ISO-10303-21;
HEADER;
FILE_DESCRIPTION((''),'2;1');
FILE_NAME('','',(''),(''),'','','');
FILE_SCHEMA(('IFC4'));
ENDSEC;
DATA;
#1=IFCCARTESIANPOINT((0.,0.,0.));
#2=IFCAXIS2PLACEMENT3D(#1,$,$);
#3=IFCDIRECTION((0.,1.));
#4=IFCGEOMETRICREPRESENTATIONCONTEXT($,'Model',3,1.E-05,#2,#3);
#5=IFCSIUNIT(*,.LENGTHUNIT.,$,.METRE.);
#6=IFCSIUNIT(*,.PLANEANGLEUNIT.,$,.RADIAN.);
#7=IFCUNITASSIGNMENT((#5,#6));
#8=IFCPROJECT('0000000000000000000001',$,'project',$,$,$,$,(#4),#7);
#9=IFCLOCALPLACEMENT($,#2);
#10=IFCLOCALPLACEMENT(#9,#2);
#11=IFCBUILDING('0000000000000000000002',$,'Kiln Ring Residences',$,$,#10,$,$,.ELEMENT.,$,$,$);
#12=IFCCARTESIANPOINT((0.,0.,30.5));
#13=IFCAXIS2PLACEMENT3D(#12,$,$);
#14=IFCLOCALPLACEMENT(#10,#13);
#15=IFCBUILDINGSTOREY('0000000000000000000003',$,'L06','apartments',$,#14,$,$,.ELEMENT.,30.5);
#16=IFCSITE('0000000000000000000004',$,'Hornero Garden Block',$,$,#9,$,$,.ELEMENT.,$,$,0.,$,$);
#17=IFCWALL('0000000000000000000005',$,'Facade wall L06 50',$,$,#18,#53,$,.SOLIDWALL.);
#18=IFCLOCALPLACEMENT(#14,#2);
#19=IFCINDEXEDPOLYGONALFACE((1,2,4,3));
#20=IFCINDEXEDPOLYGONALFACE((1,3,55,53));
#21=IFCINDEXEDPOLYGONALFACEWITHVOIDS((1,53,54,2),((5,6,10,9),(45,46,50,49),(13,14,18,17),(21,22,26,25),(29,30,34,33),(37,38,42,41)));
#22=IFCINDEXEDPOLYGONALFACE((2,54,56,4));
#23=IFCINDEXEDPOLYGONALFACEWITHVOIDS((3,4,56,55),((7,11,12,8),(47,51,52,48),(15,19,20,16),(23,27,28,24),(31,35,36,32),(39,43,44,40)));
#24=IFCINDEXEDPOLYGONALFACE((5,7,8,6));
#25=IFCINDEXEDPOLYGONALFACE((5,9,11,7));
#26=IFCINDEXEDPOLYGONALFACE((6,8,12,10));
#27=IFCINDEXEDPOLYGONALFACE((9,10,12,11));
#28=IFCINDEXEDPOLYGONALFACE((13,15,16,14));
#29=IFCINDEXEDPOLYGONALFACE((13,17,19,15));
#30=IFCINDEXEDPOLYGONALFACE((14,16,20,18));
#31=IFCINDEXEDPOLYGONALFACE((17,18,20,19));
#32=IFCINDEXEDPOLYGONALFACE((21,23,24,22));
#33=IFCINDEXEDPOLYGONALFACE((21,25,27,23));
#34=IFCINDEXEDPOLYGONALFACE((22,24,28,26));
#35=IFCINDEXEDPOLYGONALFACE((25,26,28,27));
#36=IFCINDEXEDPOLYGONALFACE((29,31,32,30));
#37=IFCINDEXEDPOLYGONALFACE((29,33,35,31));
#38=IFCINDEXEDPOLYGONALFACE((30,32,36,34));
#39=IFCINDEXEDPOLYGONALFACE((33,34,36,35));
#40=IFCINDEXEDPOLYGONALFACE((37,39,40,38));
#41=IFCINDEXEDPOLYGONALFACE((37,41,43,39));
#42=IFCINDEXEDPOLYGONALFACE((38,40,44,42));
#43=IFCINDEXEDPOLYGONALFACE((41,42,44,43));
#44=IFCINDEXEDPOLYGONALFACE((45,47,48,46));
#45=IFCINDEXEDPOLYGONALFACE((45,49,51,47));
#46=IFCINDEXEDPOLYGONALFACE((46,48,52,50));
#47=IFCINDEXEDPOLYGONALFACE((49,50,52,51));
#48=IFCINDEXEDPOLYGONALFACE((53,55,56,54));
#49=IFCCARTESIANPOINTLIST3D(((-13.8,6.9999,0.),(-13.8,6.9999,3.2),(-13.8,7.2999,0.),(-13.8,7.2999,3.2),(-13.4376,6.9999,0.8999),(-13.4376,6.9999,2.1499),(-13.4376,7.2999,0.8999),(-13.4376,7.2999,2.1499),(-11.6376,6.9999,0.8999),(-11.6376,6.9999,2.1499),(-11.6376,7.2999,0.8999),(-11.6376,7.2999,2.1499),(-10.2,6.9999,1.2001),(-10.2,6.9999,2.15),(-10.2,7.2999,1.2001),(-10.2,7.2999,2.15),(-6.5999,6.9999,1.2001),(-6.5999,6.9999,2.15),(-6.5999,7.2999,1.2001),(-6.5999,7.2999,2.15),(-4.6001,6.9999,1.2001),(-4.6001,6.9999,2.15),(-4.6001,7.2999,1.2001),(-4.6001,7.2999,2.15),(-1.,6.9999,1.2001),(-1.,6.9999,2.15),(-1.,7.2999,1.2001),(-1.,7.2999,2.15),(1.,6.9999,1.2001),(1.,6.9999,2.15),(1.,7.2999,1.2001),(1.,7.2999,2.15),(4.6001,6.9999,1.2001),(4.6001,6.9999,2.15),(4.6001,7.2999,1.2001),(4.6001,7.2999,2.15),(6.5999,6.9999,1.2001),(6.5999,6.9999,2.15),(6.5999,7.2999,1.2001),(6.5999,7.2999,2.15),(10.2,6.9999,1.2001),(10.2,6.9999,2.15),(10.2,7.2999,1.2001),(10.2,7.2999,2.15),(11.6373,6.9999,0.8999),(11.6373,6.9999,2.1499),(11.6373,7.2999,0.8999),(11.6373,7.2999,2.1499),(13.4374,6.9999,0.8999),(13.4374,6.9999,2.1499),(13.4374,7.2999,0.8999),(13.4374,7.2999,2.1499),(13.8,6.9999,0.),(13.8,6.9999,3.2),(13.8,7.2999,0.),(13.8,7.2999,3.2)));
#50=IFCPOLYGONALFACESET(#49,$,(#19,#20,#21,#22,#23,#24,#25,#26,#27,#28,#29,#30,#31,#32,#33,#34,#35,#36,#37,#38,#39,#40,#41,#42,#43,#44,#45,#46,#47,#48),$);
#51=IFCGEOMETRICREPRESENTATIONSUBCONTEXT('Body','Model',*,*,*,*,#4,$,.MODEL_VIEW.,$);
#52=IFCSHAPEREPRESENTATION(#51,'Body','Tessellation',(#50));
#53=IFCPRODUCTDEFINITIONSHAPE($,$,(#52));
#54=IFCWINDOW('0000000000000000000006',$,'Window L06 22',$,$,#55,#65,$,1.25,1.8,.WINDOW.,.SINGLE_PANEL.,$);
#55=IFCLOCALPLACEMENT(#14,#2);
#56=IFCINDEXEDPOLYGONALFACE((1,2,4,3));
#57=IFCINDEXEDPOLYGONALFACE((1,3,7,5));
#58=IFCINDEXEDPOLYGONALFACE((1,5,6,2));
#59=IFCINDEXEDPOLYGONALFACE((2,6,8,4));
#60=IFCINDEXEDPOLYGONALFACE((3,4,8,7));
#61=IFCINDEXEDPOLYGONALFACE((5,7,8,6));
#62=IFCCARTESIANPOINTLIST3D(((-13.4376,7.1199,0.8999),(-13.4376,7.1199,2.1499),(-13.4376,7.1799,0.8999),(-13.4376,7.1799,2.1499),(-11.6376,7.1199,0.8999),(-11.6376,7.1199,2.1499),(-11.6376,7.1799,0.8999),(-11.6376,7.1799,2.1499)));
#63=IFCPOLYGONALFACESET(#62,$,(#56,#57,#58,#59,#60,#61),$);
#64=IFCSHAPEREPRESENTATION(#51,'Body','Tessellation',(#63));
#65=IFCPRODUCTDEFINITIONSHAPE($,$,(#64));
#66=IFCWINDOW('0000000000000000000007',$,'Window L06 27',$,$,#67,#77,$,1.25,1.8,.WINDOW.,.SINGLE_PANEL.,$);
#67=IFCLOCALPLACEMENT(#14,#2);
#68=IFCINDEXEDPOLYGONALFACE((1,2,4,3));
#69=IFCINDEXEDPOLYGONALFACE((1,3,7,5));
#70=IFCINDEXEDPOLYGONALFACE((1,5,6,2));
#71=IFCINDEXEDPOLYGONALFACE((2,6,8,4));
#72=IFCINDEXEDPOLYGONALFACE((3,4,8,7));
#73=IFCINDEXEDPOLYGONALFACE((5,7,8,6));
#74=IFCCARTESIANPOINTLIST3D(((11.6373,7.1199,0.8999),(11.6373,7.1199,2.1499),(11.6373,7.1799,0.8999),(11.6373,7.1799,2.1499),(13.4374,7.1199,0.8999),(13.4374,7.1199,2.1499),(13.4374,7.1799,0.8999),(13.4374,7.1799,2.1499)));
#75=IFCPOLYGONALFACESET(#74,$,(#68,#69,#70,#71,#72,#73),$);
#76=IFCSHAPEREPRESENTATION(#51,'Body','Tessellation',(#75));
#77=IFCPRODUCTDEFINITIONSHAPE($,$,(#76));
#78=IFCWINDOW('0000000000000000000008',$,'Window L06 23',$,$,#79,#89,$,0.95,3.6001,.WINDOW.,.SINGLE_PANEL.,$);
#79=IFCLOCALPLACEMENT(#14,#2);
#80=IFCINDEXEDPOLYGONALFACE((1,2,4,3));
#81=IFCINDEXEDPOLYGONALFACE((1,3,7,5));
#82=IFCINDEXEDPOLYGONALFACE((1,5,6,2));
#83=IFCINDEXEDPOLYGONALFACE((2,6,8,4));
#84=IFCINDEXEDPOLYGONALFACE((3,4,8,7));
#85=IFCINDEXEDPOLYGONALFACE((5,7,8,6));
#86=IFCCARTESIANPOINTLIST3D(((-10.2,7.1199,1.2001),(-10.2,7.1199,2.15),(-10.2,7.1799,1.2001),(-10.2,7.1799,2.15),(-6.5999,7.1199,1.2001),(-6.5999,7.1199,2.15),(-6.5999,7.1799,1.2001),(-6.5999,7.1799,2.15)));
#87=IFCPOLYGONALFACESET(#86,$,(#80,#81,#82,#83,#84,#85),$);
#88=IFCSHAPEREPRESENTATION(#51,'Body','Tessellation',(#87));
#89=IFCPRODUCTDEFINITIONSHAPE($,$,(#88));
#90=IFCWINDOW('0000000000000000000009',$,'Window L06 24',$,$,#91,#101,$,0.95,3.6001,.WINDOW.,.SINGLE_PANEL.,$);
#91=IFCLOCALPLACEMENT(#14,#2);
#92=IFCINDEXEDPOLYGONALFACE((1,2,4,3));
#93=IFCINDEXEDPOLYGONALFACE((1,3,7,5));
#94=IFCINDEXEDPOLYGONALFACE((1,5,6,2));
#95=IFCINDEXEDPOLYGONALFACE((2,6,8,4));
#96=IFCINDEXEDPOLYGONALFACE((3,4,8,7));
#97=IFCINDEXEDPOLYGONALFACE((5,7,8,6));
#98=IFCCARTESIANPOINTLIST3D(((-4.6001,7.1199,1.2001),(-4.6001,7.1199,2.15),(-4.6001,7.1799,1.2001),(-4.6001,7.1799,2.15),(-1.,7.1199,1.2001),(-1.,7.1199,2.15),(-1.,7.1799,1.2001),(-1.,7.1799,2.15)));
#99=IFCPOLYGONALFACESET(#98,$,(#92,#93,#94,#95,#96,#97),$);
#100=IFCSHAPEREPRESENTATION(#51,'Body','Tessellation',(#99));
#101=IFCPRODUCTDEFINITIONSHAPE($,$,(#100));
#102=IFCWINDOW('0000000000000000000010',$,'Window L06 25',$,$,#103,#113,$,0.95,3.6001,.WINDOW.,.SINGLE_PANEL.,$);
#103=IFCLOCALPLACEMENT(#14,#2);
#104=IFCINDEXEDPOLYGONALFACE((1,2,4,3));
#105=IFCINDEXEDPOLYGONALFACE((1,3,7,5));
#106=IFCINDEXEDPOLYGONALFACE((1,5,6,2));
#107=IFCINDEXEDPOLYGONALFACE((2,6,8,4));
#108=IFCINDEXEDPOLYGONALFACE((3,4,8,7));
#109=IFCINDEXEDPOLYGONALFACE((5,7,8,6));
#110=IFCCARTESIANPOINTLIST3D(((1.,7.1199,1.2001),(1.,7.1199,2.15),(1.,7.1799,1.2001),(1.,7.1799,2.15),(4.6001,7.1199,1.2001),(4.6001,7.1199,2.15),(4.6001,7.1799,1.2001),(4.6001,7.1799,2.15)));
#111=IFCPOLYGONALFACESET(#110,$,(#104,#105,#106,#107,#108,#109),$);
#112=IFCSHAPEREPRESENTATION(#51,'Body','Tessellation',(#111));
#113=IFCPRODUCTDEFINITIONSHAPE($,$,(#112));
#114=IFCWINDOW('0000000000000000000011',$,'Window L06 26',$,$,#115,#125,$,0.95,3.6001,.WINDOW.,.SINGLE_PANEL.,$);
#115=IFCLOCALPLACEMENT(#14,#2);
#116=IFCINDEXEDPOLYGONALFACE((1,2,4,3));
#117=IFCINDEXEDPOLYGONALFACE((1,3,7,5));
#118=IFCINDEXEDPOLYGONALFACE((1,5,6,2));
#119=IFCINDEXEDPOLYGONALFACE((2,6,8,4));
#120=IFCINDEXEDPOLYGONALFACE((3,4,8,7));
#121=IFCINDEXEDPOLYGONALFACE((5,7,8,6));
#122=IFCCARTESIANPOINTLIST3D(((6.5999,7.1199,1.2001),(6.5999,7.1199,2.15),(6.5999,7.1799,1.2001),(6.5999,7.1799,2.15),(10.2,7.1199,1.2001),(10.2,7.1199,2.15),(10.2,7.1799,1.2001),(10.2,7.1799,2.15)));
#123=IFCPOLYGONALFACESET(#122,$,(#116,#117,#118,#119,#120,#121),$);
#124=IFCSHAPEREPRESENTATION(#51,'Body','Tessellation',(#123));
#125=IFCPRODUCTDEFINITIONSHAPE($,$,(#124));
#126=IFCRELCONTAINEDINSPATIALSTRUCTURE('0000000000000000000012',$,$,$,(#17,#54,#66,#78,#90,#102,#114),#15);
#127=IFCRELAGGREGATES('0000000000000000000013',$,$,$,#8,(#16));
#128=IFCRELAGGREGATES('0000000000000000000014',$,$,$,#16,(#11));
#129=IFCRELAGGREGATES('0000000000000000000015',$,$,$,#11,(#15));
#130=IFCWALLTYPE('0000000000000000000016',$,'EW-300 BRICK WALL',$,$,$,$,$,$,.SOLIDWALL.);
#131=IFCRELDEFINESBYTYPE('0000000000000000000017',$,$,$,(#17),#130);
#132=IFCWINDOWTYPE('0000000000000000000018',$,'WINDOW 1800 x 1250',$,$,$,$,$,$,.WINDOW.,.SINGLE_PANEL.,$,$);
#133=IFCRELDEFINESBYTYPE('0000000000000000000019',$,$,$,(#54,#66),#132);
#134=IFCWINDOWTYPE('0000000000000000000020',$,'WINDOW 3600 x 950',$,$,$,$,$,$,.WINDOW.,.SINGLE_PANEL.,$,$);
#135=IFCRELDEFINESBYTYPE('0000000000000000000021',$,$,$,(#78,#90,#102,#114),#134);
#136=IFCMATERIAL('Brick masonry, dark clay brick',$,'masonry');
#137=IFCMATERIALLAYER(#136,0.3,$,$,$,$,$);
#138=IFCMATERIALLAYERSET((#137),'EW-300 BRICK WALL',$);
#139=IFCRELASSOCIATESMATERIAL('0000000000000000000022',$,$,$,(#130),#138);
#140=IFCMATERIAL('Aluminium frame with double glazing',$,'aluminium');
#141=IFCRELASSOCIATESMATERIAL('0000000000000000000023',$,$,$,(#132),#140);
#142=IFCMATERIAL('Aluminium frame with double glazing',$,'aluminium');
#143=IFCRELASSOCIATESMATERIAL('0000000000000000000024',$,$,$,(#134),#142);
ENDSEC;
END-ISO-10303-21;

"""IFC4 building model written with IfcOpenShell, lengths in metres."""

from ifc_helpers import new_model, si_unit, direction, frame, frame_2d, origin, place, context, subcontext, project, spatial, rectangle, extrude, material, layer, layer_set, type_object, element, fill, save


model = new_model("IFC4")

# Units and contexts
model_context = context("Model", 3, precision=1e-05, world=origin(), true_north=direction((0.0, 1.0)))
body_context = subcontext(model_context, "Body", "Model", "MODEL_VIEW")
ifc_project = project(units=[si_unit("LENGTHUNIT", "METRE"), si_unit("PLANEANGLEUNIT", "RADIAN")], contexts=[model_context])

# Site, building, storey
site_placement = place(None, origin())
site = spatial("IfcSite", under=ifc_project, at=site_placement, Name="Hornero Garden Block", CompositionType="ELEMENT", RefElevation=0.0)
building_placement = place(site_placement, origin())
building = spatial("IfcBuilding", under=site, at=building_placement, Name="Kiln Ring Residences", CompositionType="ELEMENT")
storey_placement = place(building_placement, frame((0.0, 0.0, 30.5)))
storey = spatial("IfcBuildingStorey", under=building, at=storey_placement, Name="L06", Description="apartments", CompositionType="ELEMENT", Elevation=30.5)

# Wall, openings, windows
ifc_material_1 = material(Name="Brick masonry, dark clay brick", Category="masonry")
ifc_layer_1 = layer(ifc_material_1, 0.3)
ifc_layer_set_1 = layer_set([ifc_layer_1], Name="EW-300 BRICK WALL")
wall_type_1 = type_object("IfcWallType", Name="EW-300 BRICK WALL", PredefinedType="SOLIDWALL", material=ifc_layer_set_1)
wall_1_placement = place(storey_placement, frame((-13.8, 7.1499, 0.0), z_axis=(0.0, 0.0, 1.0), x_axis=(1.0, 0.0, 0.0)))
wall_1 = element("IfcWall", 1, at=wall_1_placement, inside=storey, type_object=wall_type_1, Name="Facade wall L06 50", PredefinedType="SOLIDWALL", context=body_context, shape_type="SweptSolid", body=[
    extrude(rectangle(XDim=27.6001, YDim=0.3, at=frame_2d((13.8, 0.0))), origin(), (0.0, 0.0, 1.0), 3.2),
])
opening_1_placement = place(wall_1_placement, frame((0.3625, 0.0, 0.8999)))
opening_1 = element("IfcOpeningElement", 2, at=opening_1_placement, cuts=wall_1, PredefinedType="OPENING", context=body_context, shape_type="SweptSolid", body=[
    extrude(rectangle(XDim=1.8, YDim=1.25, at=frame_2d((0.8999, 0.625))), frame((0.0, 0.1599, 0.0), z_axis=(0.0, -1.0, 0.0), x_axis=(1.0, 0.0, 0.0)), (0.0, 0.0, 1.0), 0.3201),
])
opening_2_placement = place(wall_1_placement, frame((3.6001, 0.0, 1.2)))
opening_2 = element("IfcOpeningElement", 3, at=opening_2_placement, cuts=wall_1, PredefinedType="OPENING", context=body_context, shape_type="SweptSolid", body=[
    extrude(rectangle(XDim=3.6001, YDim=0.95, at=frame_2d((1.8, 0.4751))), frame((0.0, 0.1599, 0.0), z_axis=(0.0, -1.0, 0.0), x_axis=(1.0, 0.0, 0.0)), (0.0, 0.0, 1.0), 0.3201),
])
opening_3_placement = place(wall_1_placement, frame((9.2, 0.0, 1.2)))
opening_3 = element("IfcOpeningElement", 4, at=opening_3_placement, cuts=wall_1, PredefinedType="OPENING", context=body_context, shape_type="SweptSolid", body=[
    extrude(rectangle(XDim=3.6001, YDim=0.95, at=frame_2d((1.8, 0.4751))), frame((0.0, 0.1599, 0.0), z_axis=(0.0, -1.0, 0.0), x_axis=(1.0, 0.0, 0.0)), (0.0, 0.0, 1.0), 0.3201),
])
opening_4_placement = place(wall_1_placement, frame((14.8, 0.0, 1.2)))
opening_4 = element("IfcOpeningElement", 5, at=opening_4_placement, cuts=wall_1, PredefinedType="OPENING", context=body_context, shape_type="SweptSolid", body=[
    extrude(rectangle(XDim=3.6001, YDim=0.95, at=frame_2d((1.8, 0.4751))), frame((0.0, 0.1599, 0.0), z_axis=(0.0, -1.0, 0.0), x_axis=(1.0, 0.0, 0.0)), (0.0, 0.0, 1.0), 0.3201),
])
opening_5_placement = place(wall_1_placement, frame((20.3999, 0.0, 1.2)))
opening_5 = element("IfcOpeningElement", 6, at=opening_5_placement, cuts=wall_1, PredefinedType="OPENING", context=body_context, shape_type="SweptSolid", body=[
    extrude(rectangle(XDim=3.6001, YDim=0.95, at=frame_2d((1.8, 0.4751))), frame((0.0, 0.1599, 0.0), z_axis=(0.0, -1.0, 0.0), x_axis=(1.0, 0.0, 0.0)), (0.0, 0.0, 1.0), 0.3201),
])
opening_6_placement = place(wall_1_placement, frame((25.4375, 0.0, 0.8999)))
opening_6 = element("IfcOpeningElement", 7, at=opening_6_placement, cuts=wall_1, PredefinedType="OPENING", context=body_context, shape_type="SweptSolid", body=[
    extrude(rectangle(XDim=1.8, YDim=1.25, at=frame_2d((0.8999, 0.625))), frame((0.0, 0.1599, 0.0), z_axis=(0.0, -1.0, 0.0), x_axis=(1.0, 0.0, 0.0)), (0.0, 0.0, 1.0), 0.3201),
])
ifc_material_2 = material(Name="Aluminium frame with double glazing", Category="aluminium")
window_type_1 = type_object("IfcWindowType", Name="WINDOW 1800 x 1250", PartitioningType="SINGLE_PANEL", PredefinedType="WINDOW", material=ifc_material_2)
window_1_placement = place(opening_1_placement, origin())
window_1 = element("IfcWindow", 8, at=window_1_placement, inside=storey, type_object=window_type_1, Name="Window L06 22", OverallHeight=1.25, OverallWidth=1.8, PartitioningType="SINGLE_PANEL", PredefinedType="WINDOW", context=body_context, shape_type="SweptSolid", body=[
    extrude(rectangle(XDim=1.8, YDim=1.25, at=frame_2d((0.8999, 0.625))), frame((0.0, 0.03, 0.0), z_axis=(0.0, -1.0, 0.0), x_axis=(1.0, 0.0, 0.0)), (0.0, 0.0, 1.0), 0.0601),
])
fill(opening_1, window_1)
window_2_placement = place(opening_6_placement, origin())
window_2 = element("IfcWindow", 9, at=window_2_placement, inside=storey, type_object=window_type_1, Name="Window L06 27", OverallHeight=1.25, OverallWidth=1.8, PartitioningType="SINGLE_PANEL", PredefinedType="WINDOW", context=body_context, shape_type="SweptSolid", body=[
    extrude(rectangle(XDim=1.8, YDim=1.25, at=frame_2d((0.8999, 0.625))), frame((0.0, 0.03, 0.0), z_axis=(0.0, -1.0, 0.0), x_axis=(1.0, 0.0, 0.0)), (0.0, 0.0, 1.0), 0.0601),
])
fill(opening_6, window_2)
ifc_material_3 = material(Name="Aluminium frame with double glazing", Category="aluminium")
window_type_2 = type_object("IfcWindowType", Name="WINDOW 3600 x 950", PartitioningType="SINGLE_PANEL", PredefinedType="WINDOW", material=ifc_material_3)
window_3_placement = place(opening_2_placement, origin())
window_3 = element("IfcWindow", 10, at=window_3_placement, inside=storey, type_object=window_type_2, Name="Window L06 23", OverallHeight=0.95, OverallWidth=3.6001, PartitioningType="SINGLE_PANEL", PredefinedType="WINDOW", context=body_context, shape_type="SweptSolid", body=[
    extrude(rectangle(XDim=3.6001, YDim=0.95, at=frame_2d((1.8, 0.4751))), frame((0.0, 0.03, 0.0), z_axis=(0.0, -1.0, 0.0), x_axis=(1.0, 0.0, 0.0)), (0.0, 0.0, 1.0), 0.0601),
])
fill(opening_2, window_3)
window_4_placement = place(opening_3_placement, origin())
window_4 = element("IfcWindow", 11, at=window_4_placement, inside=storey, type_object=window_type_2, Name="Window L06 24", OverallHeight=0.95, OverallWidth=3.6001, PartitioningType="SINGLE_PANEL", PredefinedType="WINDOW", context=body_context, shape_type="SweptSolid", body=[
    extrude(rectangle(XDim=3.6001, YDim=0.95, at=frame_2d((1.8, 0.4751))), frame((0.0, 0.03, 0.0), z_axis=(0.0, -1.0, 0.0), x_axis=(1.0, 0.0, 0.0)), (0.0, 0.0, 1.0), 0.0601),
])
fill(opening_3, window_4)
window_5_placement = place(opening_4_placement, origin())
window_5 = element("IfcWindow", 12, at=window_5_placement, inside=storey, type_object=window_type_2, Name="Window L06 25", OverallHeight=0.95, OverallWidth=3.6001, PartitioningType="SINGLE_PANEL", PredefinedType="WINDOW", context=body_context, shape_type="SweptSolid", body=[
    extrude(rectangle(XDim=3.6001, YDim=0.95, at=frame_2d((1.8, 0.4751))), frame((0.0, 0.03, 0.0), z_axis=(0.0, -1.0, 0.0), x_axis=(1.0, 0.0, 0.0)), (0.0, 0.0, 1.0), 0.0601),
])
fill(opening_4, window_5)
window_6_placement = place(opening_5_placement, origin())
window_6 = element("IfcWindow", 13, at=window_6_placement, inside=storey, type_object=window_type_2, Name="Window L06 26", OverallHeight=0.95, OverallWidth=3.6001, PartitioningType="SINGLE_PANEL", PredefinedType="WINDOW", context=body_context, shape_type="SweptSolid", body=[
    extrude(rectangle(XDim=3.6001, YDim=0.95, at=frame_2d((1.8, 0.4751))), frame((0.0, 0.03, 0.0), z_axis=(0.0, -1.0, 0.0), x_axis=(1.0, 0.0, 0.0)), (0.0, 0.0, 1.0), 0.0601),
])
fill(opening_5, window_6)

save(model, "model.ifc")
